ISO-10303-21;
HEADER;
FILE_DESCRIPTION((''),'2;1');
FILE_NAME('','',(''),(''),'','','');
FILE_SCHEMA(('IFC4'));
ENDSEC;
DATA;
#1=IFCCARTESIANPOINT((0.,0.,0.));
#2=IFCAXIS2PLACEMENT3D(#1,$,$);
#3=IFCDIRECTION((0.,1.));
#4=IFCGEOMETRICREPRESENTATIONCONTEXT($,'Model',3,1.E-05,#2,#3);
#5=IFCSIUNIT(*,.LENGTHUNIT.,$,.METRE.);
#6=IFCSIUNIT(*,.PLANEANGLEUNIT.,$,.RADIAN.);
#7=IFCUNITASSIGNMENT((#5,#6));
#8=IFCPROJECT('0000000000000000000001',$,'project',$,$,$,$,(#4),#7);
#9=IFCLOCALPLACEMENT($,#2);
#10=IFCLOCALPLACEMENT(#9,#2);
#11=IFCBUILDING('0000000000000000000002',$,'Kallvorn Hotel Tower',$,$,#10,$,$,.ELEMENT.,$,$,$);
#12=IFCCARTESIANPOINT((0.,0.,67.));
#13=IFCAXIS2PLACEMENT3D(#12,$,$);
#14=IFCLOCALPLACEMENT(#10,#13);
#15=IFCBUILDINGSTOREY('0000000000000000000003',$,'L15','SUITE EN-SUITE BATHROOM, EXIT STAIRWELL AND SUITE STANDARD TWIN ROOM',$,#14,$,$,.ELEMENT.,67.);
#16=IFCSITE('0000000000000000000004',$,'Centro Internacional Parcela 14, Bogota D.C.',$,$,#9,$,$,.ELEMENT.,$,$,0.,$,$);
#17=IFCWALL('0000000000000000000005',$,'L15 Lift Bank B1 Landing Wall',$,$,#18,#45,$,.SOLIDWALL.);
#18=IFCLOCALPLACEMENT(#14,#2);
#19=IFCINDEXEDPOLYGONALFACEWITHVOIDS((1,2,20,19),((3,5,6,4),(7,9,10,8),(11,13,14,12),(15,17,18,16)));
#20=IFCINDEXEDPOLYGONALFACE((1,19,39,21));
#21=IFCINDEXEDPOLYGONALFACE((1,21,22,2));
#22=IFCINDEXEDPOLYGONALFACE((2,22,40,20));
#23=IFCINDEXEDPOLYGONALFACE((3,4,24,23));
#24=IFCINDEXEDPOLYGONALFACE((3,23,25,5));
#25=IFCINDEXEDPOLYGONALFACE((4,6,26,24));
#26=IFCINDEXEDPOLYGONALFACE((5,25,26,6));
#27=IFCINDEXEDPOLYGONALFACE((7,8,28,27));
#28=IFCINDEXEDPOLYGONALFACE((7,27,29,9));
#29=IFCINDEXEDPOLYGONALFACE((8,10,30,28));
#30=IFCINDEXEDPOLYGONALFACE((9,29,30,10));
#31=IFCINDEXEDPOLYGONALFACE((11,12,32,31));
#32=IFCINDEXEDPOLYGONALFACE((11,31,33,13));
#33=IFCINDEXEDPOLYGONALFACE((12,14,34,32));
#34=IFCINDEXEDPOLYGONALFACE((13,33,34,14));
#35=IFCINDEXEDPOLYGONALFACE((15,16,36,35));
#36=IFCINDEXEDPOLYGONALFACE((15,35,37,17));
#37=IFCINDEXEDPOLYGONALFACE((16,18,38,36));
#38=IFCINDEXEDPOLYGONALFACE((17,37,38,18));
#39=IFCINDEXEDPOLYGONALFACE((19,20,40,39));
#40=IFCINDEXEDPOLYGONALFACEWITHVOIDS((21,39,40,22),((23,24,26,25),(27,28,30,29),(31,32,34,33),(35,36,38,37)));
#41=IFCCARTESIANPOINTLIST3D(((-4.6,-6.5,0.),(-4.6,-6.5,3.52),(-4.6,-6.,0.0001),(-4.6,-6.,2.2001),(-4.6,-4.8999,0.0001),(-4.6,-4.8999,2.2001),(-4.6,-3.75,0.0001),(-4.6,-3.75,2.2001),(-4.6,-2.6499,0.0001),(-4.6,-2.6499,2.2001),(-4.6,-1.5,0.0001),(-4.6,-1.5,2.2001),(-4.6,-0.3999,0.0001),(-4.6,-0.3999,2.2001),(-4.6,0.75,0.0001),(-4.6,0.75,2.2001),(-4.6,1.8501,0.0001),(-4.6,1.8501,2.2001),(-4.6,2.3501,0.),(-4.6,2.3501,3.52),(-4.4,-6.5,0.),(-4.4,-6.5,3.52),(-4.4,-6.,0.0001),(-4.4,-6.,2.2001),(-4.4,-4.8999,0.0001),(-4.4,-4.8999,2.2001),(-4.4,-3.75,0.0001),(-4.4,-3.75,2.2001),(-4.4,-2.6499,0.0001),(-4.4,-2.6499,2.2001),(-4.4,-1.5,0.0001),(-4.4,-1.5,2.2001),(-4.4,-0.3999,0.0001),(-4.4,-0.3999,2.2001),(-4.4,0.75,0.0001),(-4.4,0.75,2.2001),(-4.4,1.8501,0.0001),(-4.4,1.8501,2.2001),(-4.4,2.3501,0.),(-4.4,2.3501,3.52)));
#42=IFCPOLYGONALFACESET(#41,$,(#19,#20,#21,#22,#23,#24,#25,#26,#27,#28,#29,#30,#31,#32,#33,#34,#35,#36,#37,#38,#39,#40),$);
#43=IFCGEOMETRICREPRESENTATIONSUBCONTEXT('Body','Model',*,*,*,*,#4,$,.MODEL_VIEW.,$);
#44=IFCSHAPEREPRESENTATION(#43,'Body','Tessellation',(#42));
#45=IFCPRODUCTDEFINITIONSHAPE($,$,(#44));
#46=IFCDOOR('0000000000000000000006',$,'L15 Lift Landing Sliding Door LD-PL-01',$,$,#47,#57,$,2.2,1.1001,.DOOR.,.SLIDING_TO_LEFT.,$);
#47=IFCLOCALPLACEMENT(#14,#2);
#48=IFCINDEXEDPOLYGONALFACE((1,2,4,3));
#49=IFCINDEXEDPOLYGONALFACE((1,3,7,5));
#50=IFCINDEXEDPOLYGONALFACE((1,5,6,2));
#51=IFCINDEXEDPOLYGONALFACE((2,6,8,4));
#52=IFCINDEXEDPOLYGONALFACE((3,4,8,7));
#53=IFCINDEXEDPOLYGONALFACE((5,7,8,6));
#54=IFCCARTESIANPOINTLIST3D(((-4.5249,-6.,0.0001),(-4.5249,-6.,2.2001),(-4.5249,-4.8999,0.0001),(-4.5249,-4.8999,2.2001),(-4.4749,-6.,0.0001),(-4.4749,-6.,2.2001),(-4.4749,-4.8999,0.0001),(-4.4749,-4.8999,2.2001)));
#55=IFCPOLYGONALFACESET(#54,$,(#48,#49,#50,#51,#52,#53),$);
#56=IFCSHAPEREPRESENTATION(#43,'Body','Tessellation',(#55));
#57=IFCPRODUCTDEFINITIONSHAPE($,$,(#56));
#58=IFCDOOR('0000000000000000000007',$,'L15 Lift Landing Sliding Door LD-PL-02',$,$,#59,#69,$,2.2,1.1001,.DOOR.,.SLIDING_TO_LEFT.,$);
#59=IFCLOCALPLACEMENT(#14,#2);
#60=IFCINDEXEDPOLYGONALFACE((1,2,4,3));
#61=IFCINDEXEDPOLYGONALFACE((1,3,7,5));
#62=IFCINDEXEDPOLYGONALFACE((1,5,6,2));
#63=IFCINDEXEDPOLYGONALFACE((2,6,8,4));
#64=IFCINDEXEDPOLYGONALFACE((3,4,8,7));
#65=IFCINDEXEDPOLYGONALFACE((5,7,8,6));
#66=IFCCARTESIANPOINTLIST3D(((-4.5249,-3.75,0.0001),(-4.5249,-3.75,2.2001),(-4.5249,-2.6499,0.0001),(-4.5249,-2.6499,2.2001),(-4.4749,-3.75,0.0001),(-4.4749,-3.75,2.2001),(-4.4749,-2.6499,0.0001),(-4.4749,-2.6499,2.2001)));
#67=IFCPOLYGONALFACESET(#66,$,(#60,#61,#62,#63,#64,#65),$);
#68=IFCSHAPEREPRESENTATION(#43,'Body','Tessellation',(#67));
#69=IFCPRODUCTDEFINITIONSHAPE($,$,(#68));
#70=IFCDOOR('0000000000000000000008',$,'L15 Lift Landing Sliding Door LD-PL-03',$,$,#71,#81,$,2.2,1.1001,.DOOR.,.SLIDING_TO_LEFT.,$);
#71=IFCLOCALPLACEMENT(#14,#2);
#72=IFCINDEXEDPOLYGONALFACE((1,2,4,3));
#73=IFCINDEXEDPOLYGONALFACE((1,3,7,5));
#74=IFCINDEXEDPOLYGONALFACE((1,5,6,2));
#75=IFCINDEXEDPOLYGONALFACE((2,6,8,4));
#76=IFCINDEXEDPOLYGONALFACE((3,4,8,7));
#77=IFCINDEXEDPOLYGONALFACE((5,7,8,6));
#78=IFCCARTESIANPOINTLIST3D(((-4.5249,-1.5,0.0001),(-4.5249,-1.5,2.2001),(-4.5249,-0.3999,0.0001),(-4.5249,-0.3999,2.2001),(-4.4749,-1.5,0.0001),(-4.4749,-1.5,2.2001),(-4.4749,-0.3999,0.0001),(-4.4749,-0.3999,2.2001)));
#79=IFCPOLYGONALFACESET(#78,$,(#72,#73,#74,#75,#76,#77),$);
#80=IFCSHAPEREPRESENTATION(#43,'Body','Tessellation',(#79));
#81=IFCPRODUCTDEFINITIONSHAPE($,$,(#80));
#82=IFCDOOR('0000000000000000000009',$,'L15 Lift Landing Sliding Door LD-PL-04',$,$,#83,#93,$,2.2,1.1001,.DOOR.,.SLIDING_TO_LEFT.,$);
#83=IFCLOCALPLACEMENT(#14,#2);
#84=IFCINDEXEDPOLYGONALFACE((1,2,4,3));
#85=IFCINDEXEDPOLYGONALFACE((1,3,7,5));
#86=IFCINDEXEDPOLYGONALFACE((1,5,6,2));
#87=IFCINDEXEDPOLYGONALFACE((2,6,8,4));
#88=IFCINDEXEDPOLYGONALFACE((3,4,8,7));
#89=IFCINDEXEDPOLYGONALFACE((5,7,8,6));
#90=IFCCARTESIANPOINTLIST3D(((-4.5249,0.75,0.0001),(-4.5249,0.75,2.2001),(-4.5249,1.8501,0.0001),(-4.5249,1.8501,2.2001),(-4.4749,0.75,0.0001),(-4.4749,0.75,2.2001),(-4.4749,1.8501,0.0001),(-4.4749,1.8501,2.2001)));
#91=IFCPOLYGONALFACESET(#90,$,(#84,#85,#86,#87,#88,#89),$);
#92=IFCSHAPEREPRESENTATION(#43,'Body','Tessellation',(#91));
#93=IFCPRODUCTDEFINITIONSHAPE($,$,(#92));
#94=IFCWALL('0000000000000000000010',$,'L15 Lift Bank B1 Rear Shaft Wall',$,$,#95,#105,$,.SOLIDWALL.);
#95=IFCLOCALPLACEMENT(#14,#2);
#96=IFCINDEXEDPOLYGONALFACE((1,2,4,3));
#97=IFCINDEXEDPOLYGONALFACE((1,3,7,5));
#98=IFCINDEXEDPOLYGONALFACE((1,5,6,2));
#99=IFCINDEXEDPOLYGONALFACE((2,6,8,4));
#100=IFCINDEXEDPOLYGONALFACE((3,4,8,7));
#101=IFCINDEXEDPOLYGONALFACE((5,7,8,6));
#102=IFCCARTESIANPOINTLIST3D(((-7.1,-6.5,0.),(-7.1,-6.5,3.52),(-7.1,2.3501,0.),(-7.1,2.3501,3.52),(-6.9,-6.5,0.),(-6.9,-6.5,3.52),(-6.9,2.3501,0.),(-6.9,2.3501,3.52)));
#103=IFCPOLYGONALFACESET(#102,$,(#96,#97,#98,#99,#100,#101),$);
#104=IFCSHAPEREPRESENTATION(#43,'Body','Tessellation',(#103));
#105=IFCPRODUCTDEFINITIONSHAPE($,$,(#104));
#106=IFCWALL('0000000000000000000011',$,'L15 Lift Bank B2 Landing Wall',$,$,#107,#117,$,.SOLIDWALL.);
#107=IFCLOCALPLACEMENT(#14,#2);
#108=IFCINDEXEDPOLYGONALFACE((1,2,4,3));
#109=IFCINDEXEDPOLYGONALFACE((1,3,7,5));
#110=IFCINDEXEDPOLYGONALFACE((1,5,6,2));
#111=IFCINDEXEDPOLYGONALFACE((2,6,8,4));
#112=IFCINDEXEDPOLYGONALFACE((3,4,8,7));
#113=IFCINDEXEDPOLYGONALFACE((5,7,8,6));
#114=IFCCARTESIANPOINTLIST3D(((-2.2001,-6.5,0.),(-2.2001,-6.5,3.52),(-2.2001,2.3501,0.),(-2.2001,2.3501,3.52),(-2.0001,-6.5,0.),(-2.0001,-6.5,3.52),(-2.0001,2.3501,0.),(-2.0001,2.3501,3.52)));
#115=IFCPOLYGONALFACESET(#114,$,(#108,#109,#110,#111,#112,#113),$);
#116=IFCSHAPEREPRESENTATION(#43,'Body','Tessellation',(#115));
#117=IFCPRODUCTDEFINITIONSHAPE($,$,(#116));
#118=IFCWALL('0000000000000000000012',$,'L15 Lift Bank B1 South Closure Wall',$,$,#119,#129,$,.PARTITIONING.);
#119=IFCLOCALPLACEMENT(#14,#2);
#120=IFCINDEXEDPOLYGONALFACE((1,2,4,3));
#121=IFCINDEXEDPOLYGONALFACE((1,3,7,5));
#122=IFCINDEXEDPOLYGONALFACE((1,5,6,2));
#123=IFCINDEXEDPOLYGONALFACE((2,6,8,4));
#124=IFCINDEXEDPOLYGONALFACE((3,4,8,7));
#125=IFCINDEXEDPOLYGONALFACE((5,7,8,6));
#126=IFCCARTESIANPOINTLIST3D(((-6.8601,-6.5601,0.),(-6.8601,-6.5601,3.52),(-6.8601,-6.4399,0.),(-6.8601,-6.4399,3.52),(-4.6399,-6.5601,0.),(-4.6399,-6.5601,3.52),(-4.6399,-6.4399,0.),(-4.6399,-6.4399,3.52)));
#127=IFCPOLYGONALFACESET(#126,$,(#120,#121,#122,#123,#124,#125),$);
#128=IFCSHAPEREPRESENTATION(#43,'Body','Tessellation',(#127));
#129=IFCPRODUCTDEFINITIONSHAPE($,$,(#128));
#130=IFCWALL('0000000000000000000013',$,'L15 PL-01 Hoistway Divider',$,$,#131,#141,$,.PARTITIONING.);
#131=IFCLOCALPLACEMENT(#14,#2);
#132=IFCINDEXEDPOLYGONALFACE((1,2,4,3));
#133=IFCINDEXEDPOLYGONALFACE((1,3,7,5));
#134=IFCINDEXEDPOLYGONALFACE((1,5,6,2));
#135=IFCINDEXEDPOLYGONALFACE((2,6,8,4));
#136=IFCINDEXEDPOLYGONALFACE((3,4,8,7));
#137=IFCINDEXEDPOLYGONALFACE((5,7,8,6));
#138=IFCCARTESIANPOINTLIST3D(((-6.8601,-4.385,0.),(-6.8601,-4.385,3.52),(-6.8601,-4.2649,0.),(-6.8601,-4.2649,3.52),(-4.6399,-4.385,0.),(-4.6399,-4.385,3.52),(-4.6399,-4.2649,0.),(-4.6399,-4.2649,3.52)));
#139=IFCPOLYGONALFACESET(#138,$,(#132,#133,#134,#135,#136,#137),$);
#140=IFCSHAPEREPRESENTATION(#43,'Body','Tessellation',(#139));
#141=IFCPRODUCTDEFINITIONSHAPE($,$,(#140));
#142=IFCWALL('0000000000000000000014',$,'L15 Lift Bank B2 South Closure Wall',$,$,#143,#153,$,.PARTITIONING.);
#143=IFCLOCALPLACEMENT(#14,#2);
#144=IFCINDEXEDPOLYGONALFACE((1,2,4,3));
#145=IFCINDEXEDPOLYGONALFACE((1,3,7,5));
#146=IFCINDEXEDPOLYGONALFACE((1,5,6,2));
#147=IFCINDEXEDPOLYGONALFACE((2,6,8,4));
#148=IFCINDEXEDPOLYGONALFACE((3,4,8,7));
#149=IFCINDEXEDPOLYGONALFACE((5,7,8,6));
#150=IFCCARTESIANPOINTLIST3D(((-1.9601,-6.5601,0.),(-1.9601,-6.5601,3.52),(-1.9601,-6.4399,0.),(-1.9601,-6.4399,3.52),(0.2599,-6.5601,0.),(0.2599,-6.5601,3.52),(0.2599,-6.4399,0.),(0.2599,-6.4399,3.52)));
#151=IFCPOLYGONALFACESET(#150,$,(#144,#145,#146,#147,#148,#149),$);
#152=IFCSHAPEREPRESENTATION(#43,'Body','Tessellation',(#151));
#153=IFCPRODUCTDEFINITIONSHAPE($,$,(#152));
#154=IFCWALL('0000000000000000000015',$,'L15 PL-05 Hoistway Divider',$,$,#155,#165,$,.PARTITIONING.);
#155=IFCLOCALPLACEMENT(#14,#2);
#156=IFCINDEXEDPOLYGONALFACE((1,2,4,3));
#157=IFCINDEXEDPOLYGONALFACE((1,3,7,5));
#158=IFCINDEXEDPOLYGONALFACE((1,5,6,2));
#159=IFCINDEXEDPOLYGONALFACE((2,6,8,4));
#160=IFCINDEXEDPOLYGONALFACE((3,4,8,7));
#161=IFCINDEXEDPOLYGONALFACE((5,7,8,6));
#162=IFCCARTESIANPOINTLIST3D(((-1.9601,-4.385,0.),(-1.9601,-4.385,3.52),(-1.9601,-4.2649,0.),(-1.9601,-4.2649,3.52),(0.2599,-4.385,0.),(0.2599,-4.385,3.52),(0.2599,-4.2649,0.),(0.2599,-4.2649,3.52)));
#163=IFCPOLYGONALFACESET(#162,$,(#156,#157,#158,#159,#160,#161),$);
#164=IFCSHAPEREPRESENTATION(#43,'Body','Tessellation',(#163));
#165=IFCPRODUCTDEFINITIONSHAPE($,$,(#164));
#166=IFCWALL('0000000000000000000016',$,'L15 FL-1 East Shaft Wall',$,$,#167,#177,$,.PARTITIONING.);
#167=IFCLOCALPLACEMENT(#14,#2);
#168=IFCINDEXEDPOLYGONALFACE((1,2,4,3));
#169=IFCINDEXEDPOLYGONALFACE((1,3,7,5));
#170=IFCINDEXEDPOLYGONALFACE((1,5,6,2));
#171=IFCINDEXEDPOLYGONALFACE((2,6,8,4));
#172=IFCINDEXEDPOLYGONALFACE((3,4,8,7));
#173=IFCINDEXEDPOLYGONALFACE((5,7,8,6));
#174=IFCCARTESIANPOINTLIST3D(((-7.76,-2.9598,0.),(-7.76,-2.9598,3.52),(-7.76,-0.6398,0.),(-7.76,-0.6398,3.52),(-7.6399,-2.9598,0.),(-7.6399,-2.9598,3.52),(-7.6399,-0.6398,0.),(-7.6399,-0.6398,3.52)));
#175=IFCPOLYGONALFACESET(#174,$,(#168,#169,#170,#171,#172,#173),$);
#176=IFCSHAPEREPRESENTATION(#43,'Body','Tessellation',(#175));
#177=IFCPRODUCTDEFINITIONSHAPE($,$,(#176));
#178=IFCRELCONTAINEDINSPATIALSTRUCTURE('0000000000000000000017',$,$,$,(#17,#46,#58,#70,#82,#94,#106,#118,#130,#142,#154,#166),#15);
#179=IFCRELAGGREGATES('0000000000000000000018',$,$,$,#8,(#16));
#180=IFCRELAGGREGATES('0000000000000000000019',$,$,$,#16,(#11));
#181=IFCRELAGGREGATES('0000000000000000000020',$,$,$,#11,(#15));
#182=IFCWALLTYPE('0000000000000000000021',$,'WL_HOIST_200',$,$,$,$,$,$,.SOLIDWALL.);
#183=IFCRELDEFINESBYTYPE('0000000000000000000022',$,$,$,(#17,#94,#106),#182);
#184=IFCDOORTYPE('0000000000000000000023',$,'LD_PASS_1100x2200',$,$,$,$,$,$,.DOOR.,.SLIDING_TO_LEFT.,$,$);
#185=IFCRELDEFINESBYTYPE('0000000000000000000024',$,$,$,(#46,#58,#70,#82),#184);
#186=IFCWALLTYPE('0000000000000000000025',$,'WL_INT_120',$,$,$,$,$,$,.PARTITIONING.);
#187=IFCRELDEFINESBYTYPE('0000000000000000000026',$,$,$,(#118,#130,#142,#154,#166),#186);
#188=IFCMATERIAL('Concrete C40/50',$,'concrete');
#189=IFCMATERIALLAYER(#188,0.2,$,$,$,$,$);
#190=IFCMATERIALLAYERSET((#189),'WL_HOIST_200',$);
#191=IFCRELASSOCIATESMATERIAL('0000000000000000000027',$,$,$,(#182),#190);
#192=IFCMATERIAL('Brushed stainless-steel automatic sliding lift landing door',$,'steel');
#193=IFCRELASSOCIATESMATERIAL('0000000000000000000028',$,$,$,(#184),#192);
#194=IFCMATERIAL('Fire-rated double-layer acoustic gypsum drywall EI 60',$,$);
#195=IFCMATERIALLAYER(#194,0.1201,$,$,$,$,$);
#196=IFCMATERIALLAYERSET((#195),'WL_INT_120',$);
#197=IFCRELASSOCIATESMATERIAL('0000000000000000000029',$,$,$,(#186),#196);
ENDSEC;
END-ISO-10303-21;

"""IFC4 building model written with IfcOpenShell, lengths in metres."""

from ifc_helpers import new_model, si_unit, direction, frame, frame_2d, origin, place, context, subcontext, project, spatial, rectangle, extrude, material, layer, layer_set, type_object, element, fill, save


model = new_model("IFC4")

# Units and contexts
model_context = context("Model", 3, precision=1e-05, world=origin(), true_north=direction((0.0, 1.0)))
body_context = subcontext(model_context, "Body", "Model", "MODEL_VIEW")
ifc_project = project(units=[si_unit("LENGTHUNIT", "METRE"), si_unit("PLANEANGLEUNIT", "RADIAN")], contexts=[model_context])

# Site, building, storey
site_placement = place(None, origin())
site = spatial("IfcSite", under=ifc_project, at=site_placement, Name="Centro Internacional Parcela 14, Bogota D.C.", CompositionType="ELEMENT", RefElevation=0.0)
building_placement = place(site_placement, origin())
building = spatial("IfcBuilding", under=site, at=building_placement, Name="Kallvorn Hotel Tower", CompositionType="ELEMENT")
storey_placement = place(building_placement, frame((0.0, 0.0, 67.0)))
storey = spatial("IfcBuildingStorey", under=building, at=storey_placement, Name="L15", Description="SUITE EN-SUITE BATHROOM, EXIT STAIRWELL AND SUITE STANDARD TWIN ROOM", CompositionType="ELEMENT", Elevation=67.0)

# Wall, openings, doors
ifc_material_1 = material(Name="Concrete C40/50", Category="concrete")
ifc_layer_1 = layer(ifc_material_1, 0.2)
ifc_layer_set_1 = layer_set([ifc_layer_1], Name="WL_HOIST_200")
wall_type_1 = type_object("IfcWallType", Name="WL_HOIST_200", PredefinedType="SOLIDWALL", material=ifc_layer_set_1)
wall_1_placement = place(storey_placement, frame((-4.5, -6.5, 0.0), z_axis=(0.0, 0.0, 1.0), x_axis=(0.0, 1.0, 0.0)))
wall_1 = element("IfcWall", 1, at=wall_1_placement, inside=storey, type_object=wall_type_1, Name="L15 Lift Bank B1 Landing Wall", PredefinedType="SOLIDWALL", context=body_context, shape_type="SweptSolid", body=[
    extrude(rectangle(XDim=8.8501, YDim=0.2, at=frame_2d((4.425, 0.0))), origin(), (0.0, 0.0, 1.0), 3.52),
])
opening_1_placement = place(wall_1_placement, frame((0.5, 0.0, 0.0)))
opening_1 = element("IfcOpeningElement", 2, at=opening_1_placement, cuts=wall_1, PredefinedType="OPENING", context=body_context, shape_type="SweptSolid", body=[
    extrude(rectangle(XDim=1.1001, YDim=2.2, at=frame_2d((0.55, 1.1001))), frame((0.0, 0.115, 0.0), z_axis=(0.0, -1.0, 0.0), x_axis=(1.0, 0.0, 0.0)), (0.0, 0.0, 1.0), 0.23),
])
opening_2_placement = place(wall_1_placement, frame((2.75, 0.0, 0.0)))
opening_2 = element("IfcOpeningElement", 3, at=opening_2_placement, cuts=wall_1, PredefinedType="OPENING", context=body_context, shape_type="SweptSolid", body=[
    extrude(rectangle(XDim=1.1001, YDim=2.2, at=frame_2d((0.55, 1.1001))), frame((0.0, 0.115, 0.0), z_axis=(0.0, -1.0, 0.0), x_axis=(1.0, 0.0, 0.0)), (0.0, 0.0, 1.0), 0.23),
])
opening_3_placement = place(wall_1_placement, frame((5.0, 0.0, 0.0)))
opening_3 = element("IfcOpeningElement", 4, at=opening_3_placement, cuts=wall_1, PredefinedType="OPENING", context=body_context, shape_type="SweptSolid", body=[
    extrude(rectangle(XDim=1.1001, YDim=2.2, at=frame_2d((0.55, 1.1001))), frame((0.0, 0.115, 0.0), z_axis=(0.0, -1.0, 0.0), x_axis=(1.0, 0.0, 0.0)), (0.0, 0.0, 1.0), 0.23),
])
opening_4_placement = place(wall_1_placement, frame((7.25, 0.0, 0.0)))
opening_4 = element("IfcOpeningElement", 5, at=opening_4_placement, cuts=wall_1, PredefinedType="OPENING", context=body_context, shape_type="SweptSolid", body=[
    extrude(rectangle(XDim=1.1001, YDim=2.2, at=frame_2d((0.55, 1.1001))), frame((0.0, 0.115, 0.0), z_axis=(0.0, -1.0, 0.0), x_axis=(1.0, 0.0, 0.0)), (0.0, 0.0, 1.0), 0.23),
])
ifc_material_2 = material(Name="Brushed stainless-steel automatic sliding lift landing door", Category="steel")
door_type_1 = type_object("IfcDoorType", Name="LD_PASS_1100x2200", OperationType="SLIDING_TO_LEFT", PredefinedType="DOOR", material=ifc_material_2)
door_1_placement = place(opening_1_placement, origin())
door_1 = element("IfcDoor", 6, at=door_1_placement, inside=storey, type_object=door_type_1, Name="L15 Lift Landing Sliding Door LD-PL-01", OperationType="SLIDING_TO_LEFT", OverallHeight=2.2, OverallWidth=1.1001, PredefinedType="DOOR", context=body_context, shape_type="SweptSolid", body=[
    extrude(rectangle(XDim=1.1001, YDim=2.2, at=frame_2d((0.55, 1.1001))), frame((0.0, 0.0249, 0.0), z_axis=(0.0, -1.0, 0.0), x_axis=(1.0, 0.0, 0.0)), (0.0, 0.0, 1.0), 0.05),
])
fill(opening_1, door_1)
door_2_placement = place(opening_2_placement, origin())
door_2 = element("IfcDoor", 7, at=door_2_placement, inside=storey, type_object=door_type_1, Name="L15 Lift Landing Sliding Door LD-PL-02", OperationType="SLIDING_TO_LEFT", OverallHeight=2.2, OverallWidth=1.1001, PredefinedType="DOOR", context=body_context, shape_type="SweptSolid", body=[
    extrude(rectangle(XDim=1.1001, YDim=2.2, at=frame_2d((0.55, 1.1001))), frame((0.0, 0.0249, 0.0), z_axis=(0.0, -1.0, 0.0), x_axis=(1.0, 0.0, 0.0)), (0.0, 0.0, 1.0), 0.05),
])
fill(opening_2, door_2)
door_3_placement = place(opening_3_placement, origin())
door_3 = element("IfcDoor", 8, at=door_3_placement, inside=storey, type_object=door_type_1, Name="L15 Lift Landing Sliding Door LD-PL-03", OperationType="SLIDING_TO_LEFT", OverallHeight=2.2, OverallWidth=1.1001, PredefinedType="DOOR", context=body_context, shape_type="SweptSolid", body=[
    extrude(rectangle(XDim=1.1001, YDim=2.2, at=frame_2d((0.55, 1.1001))), frame((0.0, 0.0249, 0.0), z_axis=(0.0, -1.0, 0.0), x_axis=(1.0, 0.0, 0.0)), (0.0, 0.0, 1.0), 0.05),
])
fill(opening_3, door_3)
door_4_placement = place(opening_4_placement, origin())
door_4 = element("IfcDoor", 9, at=door_4_placement, inside=storey, type_object=door_type_1, Name="L15 Lift Landing Sliding Door LD-PL-04", OperationType="SLIDING_TO_LEFT", OverallHeight=2.2, OverallWidth=1.1001, PredefinedType="DOOR", context=body_context, shape_type="SweptSolid", body=[
    extrude(rectangle(XDim=1.1001, YDim=2.2, at=frame_2d((0.55, 1.1001))), frame((0.0, 0.0249, 0.0), z_axis=(0.0, -1.0, 0.0), x_axis=(1.0, 0.0, 0.0)), (0.0, 0.0, 1.0), 0.05),
])
fill(opening_4, door_4)

# Walls
for number, where, z_axis, x_axis, name in (
    (10, (-7.0, -6.5, 0.0), (0.0, 0.0, 1.0), (0.0, 1.0, 0.0), "L15 Lift Bank B1 Rear Shaft Wall"),
    (11, (-2.1001, -6.5, 0.0), (0.0, 0.0, 1.0), (0.0, 1.0, 0.0), "L15 Lift Bank B2 Landing Wall"),
):
    element("IfcWall", number, at=place(storey_placement, frame(where, z_axis=z_axis, x_axis=x_axis)), inside=storey, type_object=wall_type_1, Name=name, PredefinedType="SOLIDWALL", context=body_context, shape_type="SweptSolid", body=[
        extrude(rectangle(XDim=8.8501, YDim=0.2, at=frame_2d((4.425, 0.0))), origin(), (0.0, 0.0, 1.0), 3.52),
    ])
ifc_material_3 = material(Name="Fire-rated double-layer acoustic gypsum drywall EI 60")
ifc_layer_2 = layer(ifc_material_3, 0.1201)
ifc_layer_set_2 = layer_set([ifc_layer_2], Name="WL_INT_120")
wall_type_2 = type_object("IfcWallType", Name="WL_INT_120", PredefinedType="PARTITIONING", material=ifc_layer_set_2)
for number, where, z_axis, x_axis, name in (
    (12, (-6.8601, -6.5, 0.0), (0.0, 0.0, 1.0), (1.0, 0.0, 0.0), "L15 Lift Bank B1 South Closure Wall"),
    (13, (-6.8601, -4.325, 0.0), (0.0, 0.0, 1.0), (1.0, 0.0, 0.0), "L15 PL-01 Hoistway Divider"),
):
    element("IfcWall", number, at=place(storey_placement, frame(where, z_axis=z_axis, x_axis=x_axis)), inside=storey, type_object=wall_type_2, Name=name, PredefinedType="PARTITIONING", context=body_context, shape_type="SweptSolid", body=[
        extrude(rectangle(XDim=2.2202, YDim=0.1201, at=frame_2d((1.1101, 0.0))), origin(), (0.0, 0.0, 1.0), 3.52),
    ])
for number, where, z_axis, x_axis, name in (
    (14, (-1.96, -6.5, 0.0), (0.0, 0.0, 1.0), (1.0, 0.0, 0.0), "L15 Lift Bank B2 South Closure Wall"),
    (15, (-1.96, -4.325, 0.0), (0.0, 0.0, 1.0), (1.0, 0.0, 0.0), "L15 PL-05 Hoistway Divider"),
):
    element("IfcWall", number, at=place(storey_placement, frame(where, z_axis=z_axis, x_axis=x_axis)), inside=storey, type_object=wall_type_2, Name=name, PredefinedType="PARTITIONING", context=body_context, shape_type="SweptSolid", body=[
        extrude(rectangle(XDim=2.22, YDim=0.1201, at=frame_2d((1.1099, 0.0))), origin(), (0.0, 0.0, 1.0), 3.52),
    ])
wall_2_placement = place(storey_placement, frame((-7.7, -2.96, 0.0), z_axis=(0.0, 0.0, 1.0), x_axis=(0.0, 1.0, 0.0)))
element("IfcWall", 16, at=wall_2_placement, inside=storey, type_object=wall_type_2, Name="L15 FL-1 East Shaft Wall", PredefinedType="PARTITIONING", context=body_context, shape_type="SweptSolid", body=[
    extrude(rectangle(XDim=2.3201, YDim=0.1201, at=frame_2d((1.1602, 0.0))), origin(), (0.0, 0.0, 1.0), 3.52),
])

save(model, "model.ifc")
